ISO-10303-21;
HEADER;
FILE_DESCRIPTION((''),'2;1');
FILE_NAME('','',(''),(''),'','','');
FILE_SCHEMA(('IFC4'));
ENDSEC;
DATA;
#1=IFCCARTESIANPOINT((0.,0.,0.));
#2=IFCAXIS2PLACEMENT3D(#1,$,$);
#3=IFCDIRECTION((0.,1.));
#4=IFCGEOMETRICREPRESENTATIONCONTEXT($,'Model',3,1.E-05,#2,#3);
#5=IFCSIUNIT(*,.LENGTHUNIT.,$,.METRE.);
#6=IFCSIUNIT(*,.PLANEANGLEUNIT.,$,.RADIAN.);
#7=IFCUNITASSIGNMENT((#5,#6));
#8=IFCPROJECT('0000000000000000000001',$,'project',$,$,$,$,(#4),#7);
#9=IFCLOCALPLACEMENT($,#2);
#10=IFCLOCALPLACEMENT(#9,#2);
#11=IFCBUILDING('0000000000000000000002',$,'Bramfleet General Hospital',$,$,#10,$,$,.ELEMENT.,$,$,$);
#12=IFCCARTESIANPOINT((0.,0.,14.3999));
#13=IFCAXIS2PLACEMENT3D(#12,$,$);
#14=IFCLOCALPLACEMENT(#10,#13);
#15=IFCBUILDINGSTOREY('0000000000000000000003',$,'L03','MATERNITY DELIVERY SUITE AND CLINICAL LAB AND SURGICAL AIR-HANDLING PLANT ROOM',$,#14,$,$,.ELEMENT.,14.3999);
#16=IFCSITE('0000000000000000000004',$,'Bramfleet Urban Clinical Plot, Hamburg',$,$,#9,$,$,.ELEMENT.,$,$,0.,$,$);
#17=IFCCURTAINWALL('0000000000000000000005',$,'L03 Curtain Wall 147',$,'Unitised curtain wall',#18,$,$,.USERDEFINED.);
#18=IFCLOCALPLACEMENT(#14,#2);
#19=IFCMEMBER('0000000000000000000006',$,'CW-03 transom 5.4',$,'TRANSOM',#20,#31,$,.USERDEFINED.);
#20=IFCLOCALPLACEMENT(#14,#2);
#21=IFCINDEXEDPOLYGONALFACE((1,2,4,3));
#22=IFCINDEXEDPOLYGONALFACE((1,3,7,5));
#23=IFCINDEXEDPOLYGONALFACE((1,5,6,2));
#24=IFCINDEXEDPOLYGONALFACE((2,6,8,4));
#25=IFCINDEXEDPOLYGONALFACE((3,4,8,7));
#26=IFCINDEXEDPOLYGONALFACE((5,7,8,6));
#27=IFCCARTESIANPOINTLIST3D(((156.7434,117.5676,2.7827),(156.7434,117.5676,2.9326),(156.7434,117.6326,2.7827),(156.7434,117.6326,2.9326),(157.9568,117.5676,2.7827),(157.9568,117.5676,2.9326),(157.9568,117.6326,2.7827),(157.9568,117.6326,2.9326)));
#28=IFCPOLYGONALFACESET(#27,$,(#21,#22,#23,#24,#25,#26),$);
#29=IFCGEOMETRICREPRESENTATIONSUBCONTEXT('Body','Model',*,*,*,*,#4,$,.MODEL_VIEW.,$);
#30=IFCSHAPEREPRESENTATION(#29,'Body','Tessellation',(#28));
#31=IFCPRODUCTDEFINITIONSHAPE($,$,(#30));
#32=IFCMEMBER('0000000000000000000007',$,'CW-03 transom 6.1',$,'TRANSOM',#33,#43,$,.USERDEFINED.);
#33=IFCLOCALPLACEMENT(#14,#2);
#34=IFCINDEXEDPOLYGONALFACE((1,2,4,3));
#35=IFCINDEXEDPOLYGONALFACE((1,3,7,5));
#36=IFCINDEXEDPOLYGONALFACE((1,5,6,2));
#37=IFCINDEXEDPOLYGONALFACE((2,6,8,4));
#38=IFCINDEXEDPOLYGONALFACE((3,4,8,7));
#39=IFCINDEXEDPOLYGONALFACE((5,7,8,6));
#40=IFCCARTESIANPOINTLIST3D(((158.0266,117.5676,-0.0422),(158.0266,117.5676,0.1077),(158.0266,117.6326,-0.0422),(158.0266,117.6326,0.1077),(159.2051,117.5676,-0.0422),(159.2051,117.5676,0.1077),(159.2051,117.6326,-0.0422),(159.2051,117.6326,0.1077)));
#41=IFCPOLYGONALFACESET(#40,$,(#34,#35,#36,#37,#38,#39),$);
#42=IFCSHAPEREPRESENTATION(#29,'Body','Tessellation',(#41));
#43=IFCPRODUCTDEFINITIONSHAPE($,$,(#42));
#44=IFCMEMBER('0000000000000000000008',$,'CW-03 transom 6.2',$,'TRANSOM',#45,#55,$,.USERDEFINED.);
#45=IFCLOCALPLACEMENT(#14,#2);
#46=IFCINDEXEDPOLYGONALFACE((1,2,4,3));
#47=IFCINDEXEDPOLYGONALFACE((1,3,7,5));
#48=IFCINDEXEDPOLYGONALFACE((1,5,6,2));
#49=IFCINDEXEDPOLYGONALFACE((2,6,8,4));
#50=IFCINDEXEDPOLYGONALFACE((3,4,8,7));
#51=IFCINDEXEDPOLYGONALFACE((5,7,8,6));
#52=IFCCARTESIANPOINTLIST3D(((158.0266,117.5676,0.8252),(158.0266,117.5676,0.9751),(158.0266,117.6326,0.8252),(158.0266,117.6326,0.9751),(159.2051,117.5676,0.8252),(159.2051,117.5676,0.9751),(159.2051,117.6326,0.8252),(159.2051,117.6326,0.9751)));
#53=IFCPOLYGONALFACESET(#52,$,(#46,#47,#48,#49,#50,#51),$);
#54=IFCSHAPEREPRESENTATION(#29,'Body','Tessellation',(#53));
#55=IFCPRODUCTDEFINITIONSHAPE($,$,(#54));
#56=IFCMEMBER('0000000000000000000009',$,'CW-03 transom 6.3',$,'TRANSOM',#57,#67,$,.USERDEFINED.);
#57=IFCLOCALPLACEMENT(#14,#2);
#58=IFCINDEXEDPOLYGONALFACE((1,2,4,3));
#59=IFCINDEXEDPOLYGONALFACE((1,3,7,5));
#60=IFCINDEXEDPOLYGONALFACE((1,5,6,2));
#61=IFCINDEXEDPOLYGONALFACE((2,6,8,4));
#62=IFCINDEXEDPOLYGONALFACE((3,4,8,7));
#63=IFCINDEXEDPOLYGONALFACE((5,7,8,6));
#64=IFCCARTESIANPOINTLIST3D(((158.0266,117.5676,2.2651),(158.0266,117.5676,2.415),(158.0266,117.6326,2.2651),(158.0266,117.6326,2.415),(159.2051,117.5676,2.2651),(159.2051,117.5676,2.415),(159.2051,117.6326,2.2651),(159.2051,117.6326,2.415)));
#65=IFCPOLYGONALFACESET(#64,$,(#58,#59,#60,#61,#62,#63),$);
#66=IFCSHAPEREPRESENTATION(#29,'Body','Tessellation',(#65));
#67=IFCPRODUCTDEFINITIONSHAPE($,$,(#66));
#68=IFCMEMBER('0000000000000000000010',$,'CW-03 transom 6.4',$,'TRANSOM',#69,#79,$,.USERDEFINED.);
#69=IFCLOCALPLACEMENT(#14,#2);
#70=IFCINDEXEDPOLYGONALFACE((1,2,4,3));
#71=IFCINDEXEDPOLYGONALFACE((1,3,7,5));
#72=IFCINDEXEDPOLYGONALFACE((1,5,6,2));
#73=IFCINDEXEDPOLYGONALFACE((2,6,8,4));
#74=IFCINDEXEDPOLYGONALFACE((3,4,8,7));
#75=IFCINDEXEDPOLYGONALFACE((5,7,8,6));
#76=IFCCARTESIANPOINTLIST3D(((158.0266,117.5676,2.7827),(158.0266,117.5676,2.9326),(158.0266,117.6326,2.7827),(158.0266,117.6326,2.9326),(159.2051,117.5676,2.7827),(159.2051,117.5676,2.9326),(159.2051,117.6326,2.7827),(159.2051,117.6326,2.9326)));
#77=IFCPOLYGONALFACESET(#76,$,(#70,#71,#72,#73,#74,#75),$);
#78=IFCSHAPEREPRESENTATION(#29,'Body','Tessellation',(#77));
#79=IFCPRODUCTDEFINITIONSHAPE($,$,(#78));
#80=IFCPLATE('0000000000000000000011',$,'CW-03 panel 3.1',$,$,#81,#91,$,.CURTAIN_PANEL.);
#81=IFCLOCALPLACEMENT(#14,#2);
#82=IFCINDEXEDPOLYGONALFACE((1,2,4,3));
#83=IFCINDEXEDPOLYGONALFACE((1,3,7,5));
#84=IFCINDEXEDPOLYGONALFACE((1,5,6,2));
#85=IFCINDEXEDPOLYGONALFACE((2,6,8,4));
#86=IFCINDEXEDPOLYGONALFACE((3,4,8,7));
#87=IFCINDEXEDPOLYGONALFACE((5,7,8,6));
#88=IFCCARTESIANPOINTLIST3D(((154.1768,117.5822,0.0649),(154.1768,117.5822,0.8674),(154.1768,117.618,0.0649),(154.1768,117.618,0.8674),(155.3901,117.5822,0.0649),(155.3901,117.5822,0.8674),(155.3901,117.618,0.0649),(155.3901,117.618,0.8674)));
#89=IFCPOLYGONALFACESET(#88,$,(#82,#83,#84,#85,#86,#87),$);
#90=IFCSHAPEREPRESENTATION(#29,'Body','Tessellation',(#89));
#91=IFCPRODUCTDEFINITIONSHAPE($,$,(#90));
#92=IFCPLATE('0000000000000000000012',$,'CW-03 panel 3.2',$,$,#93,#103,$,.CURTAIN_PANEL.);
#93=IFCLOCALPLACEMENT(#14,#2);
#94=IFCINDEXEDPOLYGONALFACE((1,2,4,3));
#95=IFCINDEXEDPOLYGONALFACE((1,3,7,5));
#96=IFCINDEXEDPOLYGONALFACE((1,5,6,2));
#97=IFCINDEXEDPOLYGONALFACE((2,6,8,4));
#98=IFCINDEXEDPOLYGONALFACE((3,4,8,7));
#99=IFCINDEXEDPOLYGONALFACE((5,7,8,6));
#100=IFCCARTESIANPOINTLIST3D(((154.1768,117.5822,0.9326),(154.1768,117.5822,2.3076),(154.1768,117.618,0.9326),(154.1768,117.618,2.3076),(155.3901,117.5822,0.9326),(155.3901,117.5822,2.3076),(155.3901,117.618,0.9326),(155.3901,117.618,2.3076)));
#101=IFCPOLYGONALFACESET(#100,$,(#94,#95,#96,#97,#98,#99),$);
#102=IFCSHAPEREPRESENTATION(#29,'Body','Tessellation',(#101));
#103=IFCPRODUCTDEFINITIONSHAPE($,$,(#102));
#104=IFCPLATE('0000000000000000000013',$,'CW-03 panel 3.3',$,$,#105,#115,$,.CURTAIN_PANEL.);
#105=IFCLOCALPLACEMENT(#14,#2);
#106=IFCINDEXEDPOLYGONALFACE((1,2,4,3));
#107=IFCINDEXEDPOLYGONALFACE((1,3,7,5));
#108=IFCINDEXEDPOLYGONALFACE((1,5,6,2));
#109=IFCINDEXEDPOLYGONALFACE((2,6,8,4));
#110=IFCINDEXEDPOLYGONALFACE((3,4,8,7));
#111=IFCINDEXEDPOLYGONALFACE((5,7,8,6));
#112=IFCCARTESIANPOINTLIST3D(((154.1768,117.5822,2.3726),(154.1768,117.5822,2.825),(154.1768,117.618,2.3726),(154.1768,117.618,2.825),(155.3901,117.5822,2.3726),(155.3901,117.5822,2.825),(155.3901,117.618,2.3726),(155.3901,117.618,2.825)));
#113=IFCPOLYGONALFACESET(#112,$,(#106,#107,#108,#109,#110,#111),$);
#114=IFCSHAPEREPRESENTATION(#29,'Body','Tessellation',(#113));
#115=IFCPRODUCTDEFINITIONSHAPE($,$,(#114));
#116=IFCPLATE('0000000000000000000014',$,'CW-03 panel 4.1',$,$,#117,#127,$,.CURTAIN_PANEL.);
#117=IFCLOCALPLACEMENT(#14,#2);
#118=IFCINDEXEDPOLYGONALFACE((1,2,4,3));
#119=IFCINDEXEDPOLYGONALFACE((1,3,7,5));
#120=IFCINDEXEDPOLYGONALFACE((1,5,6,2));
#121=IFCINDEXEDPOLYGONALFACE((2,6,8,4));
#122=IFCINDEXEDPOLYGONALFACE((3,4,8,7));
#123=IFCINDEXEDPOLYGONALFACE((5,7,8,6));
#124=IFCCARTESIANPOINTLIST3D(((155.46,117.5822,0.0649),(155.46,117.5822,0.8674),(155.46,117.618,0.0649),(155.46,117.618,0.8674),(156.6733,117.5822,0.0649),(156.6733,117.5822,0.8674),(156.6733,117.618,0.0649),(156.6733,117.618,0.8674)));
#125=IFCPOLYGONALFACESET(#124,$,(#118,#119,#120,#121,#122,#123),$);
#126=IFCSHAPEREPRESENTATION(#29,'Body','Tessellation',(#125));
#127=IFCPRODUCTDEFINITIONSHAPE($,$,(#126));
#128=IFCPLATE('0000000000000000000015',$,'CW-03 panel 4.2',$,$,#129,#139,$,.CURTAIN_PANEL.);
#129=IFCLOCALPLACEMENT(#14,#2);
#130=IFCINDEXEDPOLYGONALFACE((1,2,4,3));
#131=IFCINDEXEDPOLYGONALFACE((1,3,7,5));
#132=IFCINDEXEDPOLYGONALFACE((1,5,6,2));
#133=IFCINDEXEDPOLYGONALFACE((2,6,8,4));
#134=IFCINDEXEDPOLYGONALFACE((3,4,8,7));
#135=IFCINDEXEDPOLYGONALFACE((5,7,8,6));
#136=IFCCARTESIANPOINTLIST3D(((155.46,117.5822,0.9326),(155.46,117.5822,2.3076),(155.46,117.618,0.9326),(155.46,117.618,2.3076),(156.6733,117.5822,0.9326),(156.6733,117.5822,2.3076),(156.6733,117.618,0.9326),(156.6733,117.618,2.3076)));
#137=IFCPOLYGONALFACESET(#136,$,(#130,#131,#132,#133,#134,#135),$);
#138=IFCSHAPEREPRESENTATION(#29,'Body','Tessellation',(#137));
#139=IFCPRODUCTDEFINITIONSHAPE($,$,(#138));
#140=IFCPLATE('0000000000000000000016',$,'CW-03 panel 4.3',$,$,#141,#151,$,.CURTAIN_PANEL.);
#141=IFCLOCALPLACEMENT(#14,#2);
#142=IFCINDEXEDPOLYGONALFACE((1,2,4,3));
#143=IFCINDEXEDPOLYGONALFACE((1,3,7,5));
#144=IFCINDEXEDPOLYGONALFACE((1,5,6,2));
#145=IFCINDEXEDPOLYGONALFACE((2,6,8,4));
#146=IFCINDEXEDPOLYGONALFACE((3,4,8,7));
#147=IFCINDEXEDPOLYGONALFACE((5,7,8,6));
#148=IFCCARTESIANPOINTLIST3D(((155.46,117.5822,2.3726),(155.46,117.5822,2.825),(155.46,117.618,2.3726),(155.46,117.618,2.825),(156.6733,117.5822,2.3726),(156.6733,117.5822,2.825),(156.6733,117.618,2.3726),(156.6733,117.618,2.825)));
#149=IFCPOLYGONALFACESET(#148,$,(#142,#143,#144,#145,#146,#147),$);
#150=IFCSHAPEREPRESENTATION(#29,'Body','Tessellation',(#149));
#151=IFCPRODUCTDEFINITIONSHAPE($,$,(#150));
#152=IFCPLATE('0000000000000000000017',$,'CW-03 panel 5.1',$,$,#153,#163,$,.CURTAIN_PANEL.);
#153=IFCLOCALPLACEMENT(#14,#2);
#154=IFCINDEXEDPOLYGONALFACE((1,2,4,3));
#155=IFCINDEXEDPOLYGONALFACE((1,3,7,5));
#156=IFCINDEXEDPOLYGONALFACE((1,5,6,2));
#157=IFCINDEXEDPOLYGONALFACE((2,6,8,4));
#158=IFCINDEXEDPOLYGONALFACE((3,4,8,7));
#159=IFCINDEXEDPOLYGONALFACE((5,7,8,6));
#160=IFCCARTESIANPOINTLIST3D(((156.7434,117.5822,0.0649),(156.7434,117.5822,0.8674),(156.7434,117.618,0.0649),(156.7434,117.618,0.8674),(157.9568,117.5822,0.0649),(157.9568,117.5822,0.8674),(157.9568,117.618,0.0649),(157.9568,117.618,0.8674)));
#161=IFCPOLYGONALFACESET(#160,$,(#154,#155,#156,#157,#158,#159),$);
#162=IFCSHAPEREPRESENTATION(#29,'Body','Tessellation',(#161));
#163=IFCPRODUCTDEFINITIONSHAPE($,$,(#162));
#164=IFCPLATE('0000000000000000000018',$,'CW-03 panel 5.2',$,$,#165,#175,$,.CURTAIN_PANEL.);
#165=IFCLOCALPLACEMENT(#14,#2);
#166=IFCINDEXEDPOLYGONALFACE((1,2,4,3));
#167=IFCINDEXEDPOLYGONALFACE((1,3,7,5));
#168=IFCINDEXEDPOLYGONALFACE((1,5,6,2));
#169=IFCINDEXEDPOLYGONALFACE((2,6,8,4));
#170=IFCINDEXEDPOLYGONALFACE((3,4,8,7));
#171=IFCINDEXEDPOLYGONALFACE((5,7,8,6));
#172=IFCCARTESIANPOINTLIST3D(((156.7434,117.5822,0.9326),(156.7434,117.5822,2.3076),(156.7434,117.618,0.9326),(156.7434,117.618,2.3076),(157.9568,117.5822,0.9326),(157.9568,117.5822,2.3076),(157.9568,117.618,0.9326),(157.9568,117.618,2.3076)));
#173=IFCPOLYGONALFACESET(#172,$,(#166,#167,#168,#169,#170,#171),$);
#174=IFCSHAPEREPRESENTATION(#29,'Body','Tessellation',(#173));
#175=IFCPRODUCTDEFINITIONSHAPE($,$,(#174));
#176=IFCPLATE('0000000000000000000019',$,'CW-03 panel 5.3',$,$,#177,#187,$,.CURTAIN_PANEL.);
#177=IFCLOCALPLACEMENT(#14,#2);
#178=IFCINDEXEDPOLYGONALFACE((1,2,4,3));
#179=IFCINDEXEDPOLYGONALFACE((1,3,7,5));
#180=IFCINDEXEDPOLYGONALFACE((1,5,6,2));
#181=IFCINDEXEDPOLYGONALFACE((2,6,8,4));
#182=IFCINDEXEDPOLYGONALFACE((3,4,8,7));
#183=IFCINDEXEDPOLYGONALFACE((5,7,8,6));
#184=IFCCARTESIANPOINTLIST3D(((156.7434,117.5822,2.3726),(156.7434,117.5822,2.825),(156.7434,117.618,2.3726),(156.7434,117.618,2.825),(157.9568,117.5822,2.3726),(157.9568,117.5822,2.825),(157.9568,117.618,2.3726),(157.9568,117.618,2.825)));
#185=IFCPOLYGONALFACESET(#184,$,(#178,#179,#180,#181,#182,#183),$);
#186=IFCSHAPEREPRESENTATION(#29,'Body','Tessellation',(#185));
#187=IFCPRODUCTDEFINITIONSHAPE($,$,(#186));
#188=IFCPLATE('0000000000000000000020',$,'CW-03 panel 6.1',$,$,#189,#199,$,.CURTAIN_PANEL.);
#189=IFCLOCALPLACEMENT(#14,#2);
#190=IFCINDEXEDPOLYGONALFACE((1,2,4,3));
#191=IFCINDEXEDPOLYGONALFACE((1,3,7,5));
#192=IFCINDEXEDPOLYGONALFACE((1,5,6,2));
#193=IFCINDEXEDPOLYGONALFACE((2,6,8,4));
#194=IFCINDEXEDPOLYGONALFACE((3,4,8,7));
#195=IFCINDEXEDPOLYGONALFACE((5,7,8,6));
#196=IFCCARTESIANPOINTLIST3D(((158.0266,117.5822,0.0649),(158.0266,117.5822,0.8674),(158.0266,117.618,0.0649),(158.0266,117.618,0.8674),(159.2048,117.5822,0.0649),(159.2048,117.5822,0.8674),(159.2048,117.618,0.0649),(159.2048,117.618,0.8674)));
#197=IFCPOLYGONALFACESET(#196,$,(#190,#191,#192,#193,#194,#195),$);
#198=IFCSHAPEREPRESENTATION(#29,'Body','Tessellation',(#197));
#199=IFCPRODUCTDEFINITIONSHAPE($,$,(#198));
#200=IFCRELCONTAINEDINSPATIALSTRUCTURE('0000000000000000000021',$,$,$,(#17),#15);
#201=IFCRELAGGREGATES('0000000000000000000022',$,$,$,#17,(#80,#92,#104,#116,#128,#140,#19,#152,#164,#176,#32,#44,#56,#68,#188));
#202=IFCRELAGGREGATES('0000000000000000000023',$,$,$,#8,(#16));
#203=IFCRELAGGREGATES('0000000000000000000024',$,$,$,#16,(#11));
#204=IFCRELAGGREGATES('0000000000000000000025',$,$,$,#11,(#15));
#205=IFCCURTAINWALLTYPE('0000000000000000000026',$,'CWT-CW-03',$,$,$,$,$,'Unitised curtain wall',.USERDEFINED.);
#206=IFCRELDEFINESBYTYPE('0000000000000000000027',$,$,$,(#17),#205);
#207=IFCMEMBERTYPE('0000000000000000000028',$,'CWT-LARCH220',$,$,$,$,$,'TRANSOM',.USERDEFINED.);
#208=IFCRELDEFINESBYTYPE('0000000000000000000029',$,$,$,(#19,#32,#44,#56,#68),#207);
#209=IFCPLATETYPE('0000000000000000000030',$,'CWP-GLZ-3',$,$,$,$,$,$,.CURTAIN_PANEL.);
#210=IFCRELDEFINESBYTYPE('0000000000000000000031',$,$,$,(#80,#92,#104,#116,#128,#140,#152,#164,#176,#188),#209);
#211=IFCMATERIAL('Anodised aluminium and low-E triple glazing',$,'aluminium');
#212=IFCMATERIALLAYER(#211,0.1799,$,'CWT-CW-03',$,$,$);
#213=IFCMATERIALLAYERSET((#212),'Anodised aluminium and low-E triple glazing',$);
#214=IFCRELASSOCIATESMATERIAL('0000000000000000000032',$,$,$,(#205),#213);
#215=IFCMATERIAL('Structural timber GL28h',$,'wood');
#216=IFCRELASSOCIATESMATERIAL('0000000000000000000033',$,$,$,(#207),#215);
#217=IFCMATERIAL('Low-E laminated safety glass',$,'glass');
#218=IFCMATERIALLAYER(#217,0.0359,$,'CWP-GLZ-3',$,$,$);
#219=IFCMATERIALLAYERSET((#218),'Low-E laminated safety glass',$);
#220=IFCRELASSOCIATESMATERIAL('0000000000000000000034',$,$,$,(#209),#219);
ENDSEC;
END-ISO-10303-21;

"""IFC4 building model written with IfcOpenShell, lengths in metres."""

from ifc_helpers import new_model, si_unit, direction, frame, origin, origin_2d, place, context, subcontext, project, spatial, rectangle, extrude, material, layer, layer_set, material_profile, profile_set, type_object, element, aggregate, save


model = new_model("IFC4")

# Units and contexts
model_context = context("Model", 3, precision=1e-05, world=origin(), true_north=direction((0.0, 1.0)))
body_context = subcontext(model_context, "Body", "Model", "MODEL_VIEW")
ifc_project = project(units=[si_unit("LENGTHUNIT", "METRE"), si_unit("PLANEANGLEUNIT", "RADIAN")], contexts=[model_context])

# Site, building, storey
site_placement = place(None, origin())
site = spatial("IfcSite", under=ifc_project, at=site_placement, Name="Bramfleet Urban Clinical Plot, Hamburg", CompositionType="ELEMENT", RefElevation=0.0)
building_placement = place(site_placement, origin())
building = spatial("IfcBuilding", under=site, at=building_placement, Name="Bramfleet General Hospital", CompositionType="ELEMENT")
storey_placement = place(building_placement, frame((0.0, 0.0, 14.3999)))
storey = spatial("IfcBuildingStorey", under=building, at=storey_placement, Name="L03", Description="MATERNITY DELIVERY SUITE AND CLINICAL LAB AND SURGICAL AIR-HANDLING PLANT ROOM", CompositionType="ELEMENT", Elevation=14.3999)

# Curtain wall, members, plates
ifc_material_1 = material(Name="Anodised aluminium and low-E triple glazing", Category="aluminium")
ifc_layer_1 = layer(ifc_material_1, 0.1799, Name="CWT-CW-03")
ifc_layer_set_1 = layer_set([ifc_layer_1], Name="Anodised aluminium and low-E triple glazing")
curtain_wall_type = type_object("IfcCurtainWallType", Name="CWT-CW-03", ElementType="Unitised curtain wall", PredefinedType="USERDEFINED", material=ifc_layer_set_1)
curtain_wall_placement = place(storey_placement, origin())
curtain_wall = element("IfcCurtainWall", 1, at=curtain_wall_placement, inside=storey, type_object=curtain_wall_type, Name="L03 Curtain Wall 147", ObjectType="Unitised curtain wall", PredefinedType="USERDEFINED")
ifc_material_2 = material(Name="Structural timber GL28h", Category="wood")
ifc_material_profile_1 = material_profile(ifc_material_2, rectangle(XDim=0.0649, YDim=0.1499, at=origin_2d()), Name="LARCH 150x65")
ifc_profile_set_1 = profile_set([ifc_material_profile_1], Name="Structural timber GL28h")
member_type_1 = type_object("IfcMemberType", Name="CWT-LARCH220", ElementType="TRANSOM", PredefinedType="USERDEFINED", material=ifc_profile_set_1)
member_1_placement = place(storey_placement, frame((156.7434, 117.6001, 2.8577), z_axis=(1.0, 0.0, 0.0), x_axis=(0.0, 1.0, 0.0)))
member_1 = element("IfcMember", 2, at=member_1_placement, type_object=member_type_1, Name="CW-03 transom 5.4", ObjectType="TRANSOM", PredefinedType="USERDEFINED", context=body_context, shape_type="SweptSolid", body=[
    extrude(rectangle(XDim=0.0649, YDim=0.1499, at=origin_2d()), origin(), (0.0, 0.0, 1.0), 1.2134),
])
member_2_placement = place(storey_placement, frame((158.0266, 117.6001, 0.0327), z_axis=(1.0, 0.0, 0.0), x_axis=(0.0, 1.0, 0.0)))
member_2 = element("IfcMember", 3, at=member_2_placement, type_object=member_type_1, Name="CW-03 transom 6.1", ObjectType="TRANSOM", PredefinedType="USERDEFINED", context=body_context, shape_type="SweptSolid", body=[
    extrude(rectangle(XDim=0.0649, YDim=0.1499, at=origin_2d()), origin(), (0.0, 0.0, 1.0), 1.1785),
])
member_3_placement = place(storey_placement, frame((158.0266, 117.6001, 0.9001), z_axis=(1.0, 0.0, 0.0), x_axis=(0.0, 1.0, 0.0)))
member_3 = element("IfcMember", 4, at=member_3_placement, type_object=member_type_1, Name="CW-03 transom 6.2", ObjectType="TRANSOM", PredefinedType="USERDEFINED", context=body_context, shape_type="SweptSolid", body=[
    extrude(rectangle(XDim=0.0649, YDim=0.1499, at=origin_2d()), origin(), (0.0, 0.0, 1.0), 1.1785),
])
member_4_placement = place(storey_placement, frame((158.0266, 117.6001, 2.3401), z_axis=(1.0, 0.0, 0.0), x_axis=(0.0, 1.0, 0.0)))
member_4 = element("IfcMember", 5, at=member_4_placement, type_object=member_type_1, Name="CW-03 transom 6.3", ObjectType="TRANSOM", PredefinedType="USERDEFINED", context=body_context, shape_type="SweptSolid", body=[
    extrude(rectangle(XDim=0.0649, YDim=0.1499, at=origin_2d()), origin(), (0.0, 0.0, 1.0), 1.1785),
])
member_5_placement = place(storey_placement, frame((158.0266, 117.6001, 2.8577), z_axis=(1.0, 0.0, 0.0), x_axis=(0.0, 1.0, 0.0)))
member_5 = element("IfcMember", 6, at=member_5_placement, type_object=member_type_1, Name="CW-03 transom 6.4", ObjectType="TRANSOM", PredefinedType="USERDEFINED", context=body_context, shape_type="SweptSolid", body=[
    extrude(rectangle(XDim=0.0649, YDim=0.1499, at=origin_2d()), origin(), (0.0, 0.0, 1.0), 1.1785),
])
ifc_material_3 = material(Name="Low-E laminated safety glass", Category="glass")
ifc_layer_2 = layer(ifc_material_3, 0.0359, Name="CWP-GLZ-3")
ifc_layer_set_2 = layer_set([ifc_layer_2], Name="Low-E laminated safety glass")
plate_type = type_object("IfcPlateType", Name="CWP-GLZ-3", PredefinedType="CURTAIN_PANEL", material=ifc_layer_set_2)
plate_1_placement = place(storey_placement, frame((154.7834, 117.6001, 0.0649), z_axis=(0.0, 0.0, 1.0), x_axis=(1.0, 0.0, 0.0)))
plate_1 = element("IfcPlate", 7, at=plate_1_placement, type_object=plate_type, Name="CW-03 panel 3.1", PredefinedType="CURTAIN_PANEL", context=body_context, shape_type="SweptSolid", body=[
    extrude(rectangle(XDim=1.2134, YDim=0.0359, at=origin_2d()), origin(), (0.0, 0.0, 1.0), 0.8025),
])
plate_2_placement = place(storey_placement, frame((154.7834, 117.6001, 0.9326), z_axis=(0.0, 0.0, 1.0), x_axis=(1.0, 0.0, 0.0)))
plate_2 = element("IfcPlate", 8, at=plate_2_placement, type_object=plate_type, Name="CW-03 panel 3.2", PredefinedType="CURTAIN_PANEL", context=body_context, shape_type="SweptSolid", body=[
    extrude(rectangle(XDim=1.2134, YDim=0.0359, at=origin_2d()), origin(), (0.0, 0.0, 1.0), 1.375),
])
plate_3_placement = place(storey_placement, frame((154.7834, 117.6001, 2.3726), z_axis=(0.0, 0.0, 1.0), x_axis=(1.0, 0.0, 0.0)))
plate_3 = element("IfcPlate", 9, at=plate_3_placement, type_object=plate_type, Name="CW-03 panel 3.3", PredefinedType="CURTAIN_PANEL", context=body_context, shape_type="SweptSolid", body=[
    extrude(rectangle(XDim=1.2134, YDim=0.0359, at=origin_2d()), origin(), (0.0, 0.0, 1.0), 0.4524),
])
plate_4_placement = place(storey_placement, frame((156.0667, 117.6001, 0.0649), z_axis=(0.0, 0.0, 1.0), x_axis=(1.0, 0.0, 0.0)))
plate_4 = element("IfcPlate", 10, at=plate_4_placement, type_object=plate_type, Name="CW-03 panel 4.1", PredefinedType="CURTAIN_PANEL", context=body_context, shape_type="SweptSolid", body=[
    extrude(rectangle(XDim=1.2134, YDim=0.0359, at=origin_2d()), origin(), (0.0, 0.0, 1.0), 0.8025),
])
plate_5_placement = place(storey_placement, frame((156.0667, 117.6001, 0.9326), z_axis=(0.0, 0.0, 1.0), x_axis=(1.0, 0.0, 0.0)))
plate_5 = element("IfcPlate", 11, at=plate_5_placement, type_object=plate_type, Name="CW-03 panel 4.2", PredefinedType="CURTAIN_PANEL", context=body_context, shape_type="SweptSolid", body=[
    extrude(rectangle(XDim=1.2134, YDim=0.0359, at=origin_2d()), origin(), (0.0, 0.0, 1.0), 1.375),
])
plate_6_placement = place(storey_placement, frame((156.0667, 117.6001, 2.3726), z_axis=(0.0, 0.0, 1.0), x_axis=(1.0, 0.0, 0.0)))
plate_6 = element("IfcPlate", 12, at=plate_6_placement, type_object=plate_type, Name="CW-03 panel 4.3", PredefinedType="CURTAIN_PANEL", context=body_context, shape_type="SweptSolid", body=[
    extrude(rectangle(XDim=1.2134, YDim=0.0359, at=origin_2d()), origin(), (0.0, 0.0, 1.0), 0.4524),
])
plate_7_placement = place(storey_placement, frame((157.3501, 117.6001, 0.0649), z_axis=(0.0, 0.0, 1.0), x_axis=(1.0, 0.0, 0.0)))
plate_7 = element("IfcPlate", 13, at=plate_7_placement, type_object=plate_type, Name="CW-03 panel 5.1", PredefinedType="CURTAIN_PANEL", context=body_context, shape_type="SweptSolid", body=[
    extrude(rectangle(XDim=1.2134, YDim=0.0359, at=origin_2d()), origin(), (0.0, 0.0, 1.0), 0.8025),
])
plate_8_placement = place(storey_placement, frame((157.3501, 117.6001, 0.9326), z_axis=(0.0, 0.0, 1.0), x_axis=(1.0, 0.0, 0.0)))
plate_8 = element("IfcPlate", 14, at=plate_8_placement, type_object=plate_type, Name="CW-03 panel 5.2", PredefinedType="CURTAIN_PANEL", context=body_context, shape_type="SweptSolid", body=[
    extrude(rectangle(XDim=1.2134, YDim=0.0359, at=origin_2d()), origin(), (0.0, 0.0, 1.0), 1.375),
])
plate_9_placement = place(storey_placement, frame((157.3501, 117.6001, 2.3726), z_axis=(0.0, 0.0, 1.0), x_axis=(1.0, 0.0, 0.0)))
plate_9 = element("IfcPlate", 15, at=plate_9_placement, type_object=plate_type, Name="CW-03 panel 5.3", PredefinedType="CURTAIN_PANEL", context=body_context, shape_type="SweptSolid", body=[
    extrude(rectangle(XDim=1.2134, YDim=0.0359, at=origin_2d()), origin(), (0.0, 0.0, 1.0), 0.4524),
])
plate_10_placement = place(storey_placement, frame((158.6157, 117.6001, 0.0649), z_axis=(0.0, 0.0, 1.0), x_axis=(1.0, 0.0, 0.0)))
plate_10 = element("IfcPlate", 16, at=plate_10_placement, type_object=plate_type, Name="CW-03 panel 6.1", PredefinedType="CURTAIN_PANEL", context=body_context, shape_type="SweptSolid", body=[
    extrude(rectangle(XDim=1.1782, YDim=0.0359, at=origin_2d()), origin(), (0.0, 0.0, 1.0), 0.8025),
])
aggregate(curtain_wall, [plate_1, plate_2, plate_3, plate_4, plate_5, plate_6, member_1, plate_7, plate_8, plate_9, member_2, member_3, member_4, member_5, plate_10])

save(model, "model.ifc")
